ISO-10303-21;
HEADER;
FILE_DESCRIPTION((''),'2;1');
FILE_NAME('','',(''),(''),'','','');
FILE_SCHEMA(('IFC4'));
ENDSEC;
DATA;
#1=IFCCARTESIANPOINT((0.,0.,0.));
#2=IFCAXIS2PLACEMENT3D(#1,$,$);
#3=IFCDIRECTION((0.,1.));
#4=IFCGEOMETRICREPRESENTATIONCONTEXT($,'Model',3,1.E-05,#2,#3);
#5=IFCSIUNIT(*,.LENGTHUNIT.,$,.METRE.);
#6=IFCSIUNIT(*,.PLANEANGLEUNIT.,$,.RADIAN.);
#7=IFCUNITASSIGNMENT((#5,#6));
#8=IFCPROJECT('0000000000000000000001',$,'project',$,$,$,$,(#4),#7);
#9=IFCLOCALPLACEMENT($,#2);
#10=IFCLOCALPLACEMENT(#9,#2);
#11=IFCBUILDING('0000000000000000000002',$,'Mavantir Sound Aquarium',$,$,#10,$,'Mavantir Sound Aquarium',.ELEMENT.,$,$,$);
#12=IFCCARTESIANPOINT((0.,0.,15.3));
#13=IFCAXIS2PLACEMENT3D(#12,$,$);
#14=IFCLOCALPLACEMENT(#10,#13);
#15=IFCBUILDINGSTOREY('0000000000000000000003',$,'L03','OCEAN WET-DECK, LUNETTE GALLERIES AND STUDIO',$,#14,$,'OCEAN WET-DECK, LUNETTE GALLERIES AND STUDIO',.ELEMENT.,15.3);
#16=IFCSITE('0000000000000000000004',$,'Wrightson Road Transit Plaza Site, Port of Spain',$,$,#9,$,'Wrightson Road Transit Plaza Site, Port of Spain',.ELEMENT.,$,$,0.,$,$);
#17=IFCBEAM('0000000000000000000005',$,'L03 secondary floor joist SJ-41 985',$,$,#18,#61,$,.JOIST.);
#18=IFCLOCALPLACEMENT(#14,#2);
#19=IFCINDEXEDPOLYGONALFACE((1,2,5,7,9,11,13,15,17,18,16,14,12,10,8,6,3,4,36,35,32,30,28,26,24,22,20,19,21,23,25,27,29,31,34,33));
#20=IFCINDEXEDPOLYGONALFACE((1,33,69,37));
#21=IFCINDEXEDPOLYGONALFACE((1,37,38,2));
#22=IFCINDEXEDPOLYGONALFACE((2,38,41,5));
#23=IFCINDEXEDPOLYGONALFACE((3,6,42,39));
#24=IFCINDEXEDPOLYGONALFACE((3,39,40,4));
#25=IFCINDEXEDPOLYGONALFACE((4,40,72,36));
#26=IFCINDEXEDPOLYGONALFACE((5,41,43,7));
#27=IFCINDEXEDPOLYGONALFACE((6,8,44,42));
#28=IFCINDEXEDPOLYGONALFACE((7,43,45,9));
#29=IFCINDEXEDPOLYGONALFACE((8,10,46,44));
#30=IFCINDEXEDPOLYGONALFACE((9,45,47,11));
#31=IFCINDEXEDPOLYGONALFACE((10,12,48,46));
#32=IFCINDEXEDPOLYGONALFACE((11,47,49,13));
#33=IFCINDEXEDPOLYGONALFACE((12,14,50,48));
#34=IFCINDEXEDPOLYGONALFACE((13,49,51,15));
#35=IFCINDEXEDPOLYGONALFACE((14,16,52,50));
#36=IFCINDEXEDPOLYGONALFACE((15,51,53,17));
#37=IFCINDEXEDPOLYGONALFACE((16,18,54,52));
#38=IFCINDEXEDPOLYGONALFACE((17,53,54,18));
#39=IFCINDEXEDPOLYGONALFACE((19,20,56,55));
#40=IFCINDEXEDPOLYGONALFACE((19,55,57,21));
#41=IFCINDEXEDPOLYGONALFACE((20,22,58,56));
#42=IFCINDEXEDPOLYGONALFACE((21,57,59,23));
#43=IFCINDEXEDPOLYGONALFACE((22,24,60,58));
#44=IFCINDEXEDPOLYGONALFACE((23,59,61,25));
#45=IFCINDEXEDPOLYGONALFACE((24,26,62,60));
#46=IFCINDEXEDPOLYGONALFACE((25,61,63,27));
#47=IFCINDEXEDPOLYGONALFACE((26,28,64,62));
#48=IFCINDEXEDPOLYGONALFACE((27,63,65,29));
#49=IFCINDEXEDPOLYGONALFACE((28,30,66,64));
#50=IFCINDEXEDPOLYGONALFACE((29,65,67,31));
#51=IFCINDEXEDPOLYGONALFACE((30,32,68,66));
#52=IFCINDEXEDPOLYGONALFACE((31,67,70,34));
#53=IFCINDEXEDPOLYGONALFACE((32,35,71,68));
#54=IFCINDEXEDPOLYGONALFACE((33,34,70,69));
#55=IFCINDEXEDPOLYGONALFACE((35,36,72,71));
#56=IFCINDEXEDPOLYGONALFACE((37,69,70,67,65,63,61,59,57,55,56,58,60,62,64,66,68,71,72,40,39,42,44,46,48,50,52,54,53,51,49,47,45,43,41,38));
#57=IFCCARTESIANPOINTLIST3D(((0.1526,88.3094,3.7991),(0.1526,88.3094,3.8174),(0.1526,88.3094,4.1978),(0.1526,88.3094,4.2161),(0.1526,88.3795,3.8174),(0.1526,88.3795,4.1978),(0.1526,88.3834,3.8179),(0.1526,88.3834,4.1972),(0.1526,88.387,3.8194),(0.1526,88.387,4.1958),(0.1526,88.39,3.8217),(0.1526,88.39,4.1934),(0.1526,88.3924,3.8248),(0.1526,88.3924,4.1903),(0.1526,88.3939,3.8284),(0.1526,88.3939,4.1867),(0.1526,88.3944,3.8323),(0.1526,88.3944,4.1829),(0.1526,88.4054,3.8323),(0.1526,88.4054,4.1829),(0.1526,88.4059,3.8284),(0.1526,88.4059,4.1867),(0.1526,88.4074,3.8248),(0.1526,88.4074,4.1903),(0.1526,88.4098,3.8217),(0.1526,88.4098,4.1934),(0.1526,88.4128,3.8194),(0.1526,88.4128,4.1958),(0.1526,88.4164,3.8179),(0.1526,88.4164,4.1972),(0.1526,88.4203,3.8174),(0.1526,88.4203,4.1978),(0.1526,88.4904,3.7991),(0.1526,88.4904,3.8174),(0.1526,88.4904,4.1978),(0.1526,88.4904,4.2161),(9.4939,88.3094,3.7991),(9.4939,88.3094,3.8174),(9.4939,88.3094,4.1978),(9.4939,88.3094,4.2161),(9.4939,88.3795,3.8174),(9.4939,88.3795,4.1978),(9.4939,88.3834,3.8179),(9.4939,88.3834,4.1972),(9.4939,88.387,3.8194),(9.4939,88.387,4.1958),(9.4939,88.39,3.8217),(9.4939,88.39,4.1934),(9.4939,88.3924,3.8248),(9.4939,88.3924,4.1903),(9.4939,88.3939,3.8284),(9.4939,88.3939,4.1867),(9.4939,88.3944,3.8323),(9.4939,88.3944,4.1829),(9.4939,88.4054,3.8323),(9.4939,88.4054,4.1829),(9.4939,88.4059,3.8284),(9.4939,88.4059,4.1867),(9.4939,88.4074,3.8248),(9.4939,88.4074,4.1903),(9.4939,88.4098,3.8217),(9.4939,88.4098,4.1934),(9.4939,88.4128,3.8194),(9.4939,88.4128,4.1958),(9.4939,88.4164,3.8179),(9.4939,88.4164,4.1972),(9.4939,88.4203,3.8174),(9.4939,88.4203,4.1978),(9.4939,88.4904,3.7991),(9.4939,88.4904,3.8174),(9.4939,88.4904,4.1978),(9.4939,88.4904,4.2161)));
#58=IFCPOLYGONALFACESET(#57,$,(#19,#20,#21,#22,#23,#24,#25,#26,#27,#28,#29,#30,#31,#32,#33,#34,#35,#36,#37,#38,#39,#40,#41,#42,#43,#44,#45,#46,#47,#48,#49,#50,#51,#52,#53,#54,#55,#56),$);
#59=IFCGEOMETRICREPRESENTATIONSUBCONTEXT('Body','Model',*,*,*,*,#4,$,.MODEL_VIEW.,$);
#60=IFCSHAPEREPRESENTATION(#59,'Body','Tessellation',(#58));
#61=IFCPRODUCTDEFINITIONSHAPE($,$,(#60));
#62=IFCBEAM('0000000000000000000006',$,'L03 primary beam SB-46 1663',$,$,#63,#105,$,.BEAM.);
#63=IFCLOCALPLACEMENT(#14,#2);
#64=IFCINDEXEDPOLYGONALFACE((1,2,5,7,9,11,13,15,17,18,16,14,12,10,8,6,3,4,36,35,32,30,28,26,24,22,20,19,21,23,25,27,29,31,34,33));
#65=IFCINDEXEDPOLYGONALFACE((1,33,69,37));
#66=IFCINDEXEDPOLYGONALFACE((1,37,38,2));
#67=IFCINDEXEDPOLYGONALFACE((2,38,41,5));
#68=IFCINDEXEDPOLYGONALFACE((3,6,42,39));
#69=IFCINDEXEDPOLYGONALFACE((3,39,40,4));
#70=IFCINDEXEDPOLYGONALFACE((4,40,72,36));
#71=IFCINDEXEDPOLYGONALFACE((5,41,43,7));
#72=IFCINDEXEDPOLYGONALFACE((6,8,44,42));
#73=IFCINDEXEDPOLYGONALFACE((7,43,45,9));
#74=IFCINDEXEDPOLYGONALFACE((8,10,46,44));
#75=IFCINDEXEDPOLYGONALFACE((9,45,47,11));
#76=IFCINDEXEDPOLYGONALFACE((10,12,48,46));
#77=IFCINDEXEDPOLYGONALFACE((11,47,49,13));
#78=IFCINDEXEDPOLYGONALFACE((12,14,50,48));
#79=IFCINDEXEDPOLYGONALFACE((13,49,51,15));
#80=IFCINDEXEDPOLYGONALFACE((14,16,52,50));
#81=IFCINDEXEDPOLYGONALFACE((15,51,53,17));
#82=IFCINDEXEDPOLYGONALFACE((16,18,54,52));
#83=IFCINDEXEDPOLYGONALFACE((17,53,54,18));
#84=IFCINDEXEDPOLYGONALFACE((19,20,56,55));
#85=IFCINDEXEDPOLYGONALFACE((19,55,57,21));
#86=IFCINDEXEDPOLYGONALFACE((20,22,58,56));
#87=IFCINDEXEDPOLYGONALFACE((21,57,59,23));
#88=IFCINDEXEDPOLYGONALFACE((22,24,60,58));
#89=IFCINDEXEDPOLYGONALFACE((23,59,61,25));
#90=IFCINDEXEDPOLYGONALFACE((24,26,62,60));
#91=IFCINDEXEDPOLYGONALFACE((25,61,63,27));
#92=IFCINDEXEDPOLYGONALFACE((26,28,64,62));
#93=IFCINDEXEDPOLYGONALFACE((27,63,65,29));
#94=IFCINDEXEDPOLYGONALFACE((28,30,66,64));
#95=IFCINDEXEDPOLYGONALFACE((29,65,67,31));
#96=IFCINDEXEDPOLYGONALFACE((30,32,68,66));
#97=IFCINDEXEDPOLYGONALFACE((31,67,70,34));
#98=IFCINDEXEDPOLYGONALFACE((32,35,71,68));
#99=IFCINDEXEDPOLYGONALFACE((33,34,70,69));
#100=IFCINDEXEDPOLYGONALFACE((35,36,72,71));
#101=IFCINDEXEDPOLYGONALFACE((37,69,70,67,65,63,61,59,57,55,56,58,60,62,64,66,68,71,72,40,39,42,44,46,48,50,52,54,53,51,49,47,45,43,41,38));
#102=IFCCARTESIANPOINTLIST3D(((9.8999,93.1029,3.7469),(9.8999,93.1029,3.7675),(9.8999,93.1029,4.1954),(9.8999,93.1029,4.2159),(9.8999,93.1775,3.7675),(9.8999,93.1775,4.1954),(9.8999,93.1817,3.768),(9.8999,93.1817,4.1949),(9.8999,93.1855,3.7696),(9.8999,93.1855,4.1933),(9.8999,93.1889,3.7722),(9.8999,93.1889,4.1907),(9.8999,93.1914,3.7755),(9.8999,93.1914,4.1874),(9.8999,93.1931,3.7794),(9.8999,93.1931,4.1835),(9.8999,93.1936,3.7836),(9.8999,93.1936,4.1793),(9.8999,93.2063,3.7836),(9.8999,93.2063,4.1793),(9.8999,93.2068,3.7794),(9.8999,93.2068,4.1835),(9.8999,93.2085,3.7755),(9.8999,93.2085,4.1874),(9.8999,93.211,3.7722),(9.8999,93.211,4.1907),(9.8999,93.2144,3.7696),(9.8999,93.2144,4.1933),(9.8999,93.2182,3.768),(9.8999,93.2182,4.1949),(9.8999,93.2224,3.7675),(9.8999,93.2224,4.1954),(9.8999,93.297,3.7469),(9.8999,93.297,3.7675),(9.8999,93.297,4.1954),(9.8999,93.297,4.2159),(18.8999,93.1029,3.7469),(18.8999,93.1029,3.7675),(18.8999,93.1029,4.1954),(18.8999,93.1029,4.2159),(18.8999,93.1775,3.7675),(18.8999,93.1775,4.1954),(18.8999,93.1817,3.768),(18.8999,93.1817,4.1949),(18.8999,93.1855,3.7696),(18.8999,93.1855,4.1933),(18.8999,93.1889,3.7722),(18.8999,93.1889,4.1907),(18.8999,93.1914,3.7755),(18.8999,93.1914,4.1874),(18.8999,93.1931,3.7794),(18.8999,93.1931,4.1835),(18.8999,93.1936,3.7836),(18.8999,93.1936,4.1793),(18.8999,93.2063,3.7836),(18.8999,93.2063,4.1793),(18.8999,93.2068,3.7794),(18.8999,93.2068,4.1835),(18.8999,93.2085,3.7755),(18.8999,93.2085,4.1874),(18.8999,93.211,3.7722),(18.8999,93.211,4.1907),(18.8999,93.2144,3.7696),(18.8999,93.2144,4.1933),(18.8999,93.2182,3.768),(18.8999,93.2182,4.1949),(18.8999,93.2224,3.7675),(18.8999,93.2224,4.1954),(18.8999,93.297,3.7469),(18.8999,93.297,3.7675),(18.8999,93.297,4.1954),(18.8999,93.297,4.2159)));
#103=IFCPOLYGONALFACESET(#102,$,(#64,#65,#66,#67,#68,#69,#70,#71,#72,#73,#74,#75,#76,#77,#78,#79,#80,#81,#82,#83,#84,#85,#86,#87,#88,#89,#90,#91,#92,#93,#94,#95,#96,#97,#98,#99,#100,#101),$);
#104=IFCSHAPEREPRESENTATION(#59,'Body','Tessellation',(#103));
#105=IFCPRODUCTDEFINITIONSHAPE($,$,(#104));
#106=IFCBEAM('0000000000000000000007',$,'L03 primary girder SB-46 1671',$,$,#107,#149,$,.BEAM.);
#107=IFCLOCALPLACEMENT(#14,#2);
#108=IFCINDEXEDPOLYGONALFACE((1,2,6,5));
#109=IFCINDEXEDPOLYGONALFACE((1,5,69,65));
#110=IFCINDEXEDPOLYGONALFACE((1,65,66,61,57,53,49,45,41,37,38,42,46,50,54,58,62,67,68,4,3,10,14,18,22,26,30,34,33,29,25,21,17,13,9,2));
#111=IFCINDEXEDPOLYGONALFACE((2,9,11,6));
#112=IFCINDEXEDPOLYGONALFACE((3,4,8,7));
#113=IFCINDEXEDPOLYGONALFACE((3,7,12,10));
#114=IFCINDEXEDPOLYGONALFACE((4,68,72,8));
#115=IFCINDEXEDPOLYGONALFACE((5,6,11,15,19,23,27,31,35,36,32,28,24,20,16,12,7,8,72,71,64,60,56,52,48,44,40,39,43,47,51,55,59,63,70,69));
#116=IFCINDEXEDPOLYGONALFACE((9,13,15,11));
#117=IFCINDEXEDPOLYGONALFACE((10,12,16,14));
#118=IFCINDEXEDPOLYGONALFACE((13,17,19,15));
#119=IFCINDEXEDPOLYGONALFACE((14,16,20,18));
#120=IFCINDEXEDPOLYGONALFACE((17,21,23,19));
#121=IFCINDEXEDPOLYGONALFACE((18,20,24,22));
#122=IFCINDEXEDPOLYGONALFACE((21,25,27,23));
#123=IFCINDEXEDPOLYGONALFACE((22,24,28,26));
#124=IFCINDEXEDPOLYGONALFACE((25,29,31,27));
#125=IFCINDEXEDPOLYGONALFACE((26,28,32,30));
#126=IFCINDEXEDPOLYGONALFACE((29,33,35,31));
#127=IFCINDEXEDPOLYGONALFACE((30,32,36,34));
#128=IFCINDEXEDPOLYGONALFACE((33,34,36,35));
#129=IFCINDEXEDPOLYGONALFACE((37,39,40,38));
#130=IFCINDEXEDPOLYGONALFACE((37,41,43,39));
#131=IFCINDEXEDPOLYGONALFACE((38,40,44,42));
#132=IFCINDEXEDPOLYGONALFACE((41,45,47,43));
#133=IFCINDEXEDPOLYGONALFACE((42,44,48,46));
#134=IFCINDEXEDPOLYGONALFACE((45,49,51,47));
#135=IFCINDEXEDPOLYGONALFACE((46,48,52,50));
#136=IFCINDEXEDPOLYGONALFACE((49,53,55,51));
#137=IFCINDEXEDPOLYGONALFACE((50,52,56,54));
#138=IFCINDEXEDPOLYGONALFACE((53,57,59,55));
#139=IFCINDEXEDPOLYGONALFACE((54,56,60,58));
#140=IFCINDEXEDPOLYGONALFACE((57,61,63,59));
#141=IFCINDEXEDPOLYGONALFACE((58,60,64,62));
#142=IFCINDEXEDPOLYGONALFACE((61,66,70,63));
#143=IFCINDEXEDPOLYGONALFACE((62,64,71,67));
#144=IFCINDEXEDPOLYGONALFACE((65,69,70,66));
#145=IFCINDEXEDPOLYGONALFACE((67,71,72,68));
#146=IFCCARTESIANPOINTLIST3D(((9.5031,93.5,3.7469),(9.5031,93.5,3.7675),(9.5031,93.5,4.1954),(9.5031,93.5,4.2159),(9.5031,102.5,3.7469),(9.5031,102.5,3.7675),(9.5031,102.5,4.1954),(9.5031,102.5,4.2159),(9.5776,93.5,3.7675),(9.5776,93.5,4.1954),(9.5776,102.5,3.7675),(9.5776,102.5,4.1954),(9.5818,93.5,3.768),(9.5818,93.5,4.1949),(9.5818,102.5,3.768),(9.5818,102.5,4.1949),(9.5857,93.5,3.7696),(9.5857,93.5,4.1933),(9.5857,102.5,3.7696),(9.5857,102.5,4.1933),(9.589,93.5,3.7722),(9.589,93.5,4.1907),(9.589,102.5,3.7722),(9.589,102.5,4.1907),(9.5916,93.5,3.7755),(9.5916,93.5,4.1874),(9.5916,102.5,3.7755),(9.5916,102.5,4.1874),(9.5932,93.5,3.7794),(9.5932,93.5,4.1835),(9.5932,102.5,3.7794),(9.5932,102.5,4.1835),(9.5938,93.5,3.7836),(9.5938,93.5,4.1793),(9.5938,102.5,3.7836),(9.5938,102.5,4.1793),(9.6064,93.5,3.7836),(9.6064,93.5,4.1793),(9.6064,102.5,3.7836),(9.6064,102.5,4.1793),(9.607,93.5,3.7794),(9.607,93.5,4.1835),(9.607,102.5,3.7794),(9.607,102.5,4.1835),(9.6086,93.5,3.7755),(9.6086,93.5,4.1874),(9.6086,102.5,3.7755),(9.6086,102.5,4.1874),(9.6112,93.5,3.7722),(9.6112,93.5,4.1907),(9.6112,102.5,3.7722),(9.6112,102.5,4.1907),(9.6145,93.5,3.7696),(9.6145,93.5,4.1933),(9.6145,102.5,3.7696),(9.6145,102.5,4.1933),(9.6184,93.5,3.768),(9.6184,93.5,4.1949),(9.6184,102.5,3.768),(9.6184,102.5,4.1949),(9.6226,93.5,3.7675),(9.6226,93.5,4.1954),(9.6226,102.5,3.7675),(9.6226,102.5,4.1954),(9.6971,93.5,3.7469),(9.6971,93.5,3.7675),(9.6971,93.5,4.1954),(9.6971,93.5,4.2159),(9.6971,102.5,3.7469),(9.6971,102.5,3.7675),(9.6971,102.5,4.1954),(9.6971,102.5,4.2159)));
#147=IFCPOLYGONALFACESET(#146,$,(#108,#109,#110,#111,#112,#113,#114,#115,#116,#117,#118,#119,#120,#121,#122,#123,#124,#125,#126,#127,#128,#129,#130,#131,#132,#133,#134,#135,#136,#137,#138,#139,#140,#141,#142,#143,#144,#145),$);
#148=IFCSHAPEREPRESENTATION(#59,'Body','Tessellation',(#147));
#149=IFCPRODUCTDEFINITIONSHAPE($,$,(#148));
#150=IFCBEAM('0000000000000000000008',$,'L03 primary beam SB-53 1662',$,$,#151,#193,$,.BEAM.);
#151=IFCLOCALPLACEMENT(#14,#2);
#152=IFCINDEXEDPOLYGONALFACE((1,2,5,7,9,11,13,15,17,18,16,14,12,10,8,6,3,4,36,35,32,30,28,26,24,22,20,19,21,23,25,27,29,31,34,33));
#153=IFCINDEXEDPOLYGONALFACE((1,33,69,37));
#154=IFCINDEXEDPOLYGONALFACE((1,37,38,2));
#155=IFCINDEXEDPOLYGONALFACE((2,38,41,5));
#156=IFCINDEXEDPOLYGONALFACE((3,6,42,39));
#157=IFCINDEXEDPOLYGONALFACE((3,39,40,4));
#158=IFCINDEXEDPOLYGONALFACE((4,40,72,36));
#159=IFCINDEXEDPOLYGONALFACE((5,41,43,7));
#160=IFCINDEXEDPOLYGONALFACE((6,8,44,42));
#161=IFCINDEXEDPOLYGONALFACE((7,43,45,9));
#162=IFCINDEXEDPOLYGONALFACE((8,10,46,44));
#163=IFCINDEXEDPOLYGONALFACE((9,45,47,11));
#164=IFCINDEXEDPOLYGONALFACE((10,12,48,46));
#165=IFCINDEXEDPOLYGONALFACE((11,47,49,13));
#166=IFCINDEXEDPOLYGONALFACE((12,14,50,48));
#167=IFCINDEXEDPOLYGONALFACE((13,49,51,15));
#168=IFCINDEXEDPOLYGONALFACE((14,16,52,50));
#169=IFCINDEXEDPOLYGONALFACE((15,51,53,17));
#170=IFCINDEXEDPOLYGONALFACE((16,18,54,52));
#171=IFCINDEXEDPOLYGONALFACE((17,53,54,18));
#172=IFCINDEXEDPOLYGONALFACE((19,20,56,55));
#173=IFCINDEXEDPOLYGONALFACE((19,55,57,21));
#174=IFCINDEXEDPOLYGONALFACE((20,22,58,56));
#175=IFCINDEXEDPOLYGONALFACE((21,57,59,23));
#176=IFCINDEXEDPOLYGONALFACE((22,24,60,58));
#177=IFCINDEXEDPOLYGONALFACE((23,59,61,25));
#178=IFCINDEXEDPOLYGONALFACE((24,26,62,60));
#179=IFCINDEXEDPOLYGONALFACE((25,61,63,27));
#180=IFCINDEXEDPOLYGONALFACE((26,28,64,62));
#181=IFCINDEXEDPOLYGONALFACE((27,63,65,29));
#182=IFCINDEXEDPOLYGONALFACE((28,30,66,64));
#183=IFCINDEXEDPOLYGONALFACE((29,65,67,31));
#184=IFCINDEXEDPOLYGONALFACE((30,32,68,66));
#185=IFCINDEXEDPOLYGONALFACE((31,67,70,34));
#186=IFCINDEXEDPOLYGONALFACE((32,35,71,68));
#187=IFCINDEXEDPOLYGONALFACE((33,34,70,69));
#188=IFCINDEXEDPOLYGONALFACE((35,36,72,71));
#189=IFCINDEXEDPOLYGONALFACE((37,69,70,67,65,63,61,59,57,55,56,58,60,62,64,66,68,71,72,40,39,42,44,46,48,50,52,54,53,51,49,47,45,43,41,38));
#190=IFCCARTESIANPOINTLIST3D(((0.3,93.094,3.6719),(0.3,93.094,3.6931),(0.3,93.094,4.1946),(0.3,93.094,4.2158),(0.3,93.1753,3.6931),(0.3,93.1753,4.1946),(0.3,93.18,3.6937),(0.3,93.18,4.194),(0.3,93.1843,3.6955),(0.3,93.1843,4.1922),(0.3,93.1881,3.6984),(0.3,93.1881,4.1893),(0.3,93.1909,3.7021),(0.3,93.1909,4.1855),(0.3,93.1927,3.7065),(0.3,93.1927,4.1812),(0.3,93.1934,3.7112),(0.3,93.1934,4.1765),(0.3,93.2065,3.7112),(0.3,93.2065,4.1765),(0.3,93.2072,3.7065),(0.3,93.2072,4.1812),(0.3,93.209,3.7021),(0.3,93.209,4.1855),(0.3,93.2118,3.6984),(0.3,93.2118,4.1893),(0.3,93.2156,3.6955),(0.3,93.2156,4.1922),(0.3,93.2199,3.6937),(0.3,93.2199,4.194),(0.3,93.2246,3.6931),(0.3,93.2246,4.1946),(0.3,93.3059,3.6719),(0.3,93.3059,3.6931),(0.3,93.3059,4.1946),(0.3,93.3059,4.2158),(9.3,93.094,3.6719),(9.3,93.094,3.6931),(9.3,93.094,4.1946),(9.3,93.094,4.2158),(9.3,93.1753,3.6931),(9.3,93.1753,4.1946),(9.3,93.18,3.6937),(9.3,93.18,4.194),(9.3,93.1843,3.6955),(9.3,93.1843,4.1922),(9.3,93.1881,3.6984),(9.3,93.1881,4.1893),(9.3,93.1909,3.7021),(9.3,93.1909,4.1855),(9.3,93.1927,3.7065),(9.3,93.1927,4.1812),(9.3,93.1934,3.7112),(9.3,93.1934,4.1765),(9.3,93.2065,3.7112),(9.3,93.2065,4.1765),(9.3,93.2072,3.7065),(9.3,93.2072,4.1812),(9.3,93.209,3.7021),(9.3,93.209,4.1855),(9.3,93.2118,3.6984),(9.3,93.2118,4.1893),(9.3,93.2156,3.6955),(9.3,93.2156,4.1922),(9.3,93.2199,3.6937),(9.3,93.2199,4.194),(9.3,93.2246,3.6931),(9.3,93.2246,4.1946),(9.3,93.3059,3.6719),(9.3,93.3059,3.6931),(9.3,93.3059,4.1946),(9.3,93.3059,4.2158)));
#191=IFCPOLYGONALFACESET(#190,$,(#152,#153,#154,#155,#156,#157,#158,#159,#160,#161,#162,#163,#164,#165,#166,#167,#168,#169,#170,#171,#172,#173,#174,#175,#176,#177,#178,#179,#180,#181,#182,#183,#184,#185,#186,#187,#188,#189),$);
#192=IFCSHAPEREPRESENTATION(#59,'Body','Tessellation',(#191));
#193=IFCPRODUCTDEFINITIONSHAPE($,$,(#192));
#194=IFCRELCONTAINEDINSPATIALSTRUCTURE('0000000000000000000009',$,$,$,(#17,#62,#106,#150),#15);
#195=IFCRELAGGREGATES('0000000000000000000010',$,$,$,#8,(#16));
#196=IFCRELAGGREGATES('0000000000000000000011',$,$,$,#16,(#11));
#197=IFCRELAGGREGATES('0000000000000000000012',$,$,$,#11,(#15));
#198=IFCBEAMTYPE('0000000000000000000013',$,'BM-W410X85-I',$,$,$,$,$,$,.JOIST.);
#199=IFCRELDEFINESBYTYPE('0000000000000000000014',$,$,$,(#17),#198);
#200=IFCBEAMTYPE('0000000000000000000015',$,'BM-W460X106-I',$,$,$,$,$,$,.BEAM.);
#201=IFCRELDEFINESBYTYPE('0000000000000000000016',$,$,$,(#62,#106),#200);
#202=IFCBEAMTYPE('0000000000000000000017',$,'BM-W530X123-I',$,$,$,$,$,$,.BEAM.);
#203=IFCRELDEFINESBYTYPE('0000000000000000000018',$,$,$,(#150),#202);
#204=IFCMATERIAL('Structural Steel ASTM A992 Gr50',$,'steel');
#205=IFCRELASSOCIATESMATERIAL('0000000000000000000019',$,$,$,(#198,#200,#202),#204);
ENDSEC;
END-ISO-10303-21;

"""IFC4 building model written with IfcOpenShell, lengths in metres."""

from ifc_helpers import new_model, si_unit, direction, frame, origin, origin_2d, place, context, subcontext, project, spatial, i_section, extrude, material, material_profile, profile_set, type_object, element, save


model = new_model("IFC4")

# Units and contexts
model_context = context("Model", 3, precision=1e-05, world=origin(), true_north=direction((0.0, 1.0)))
body_context = subcontext(model_context, "Body", "Model", "MODEL_VIEW")
ifc_project = project(units=[si_unit("LENGTHUNIT", "METRE"), si_unit("PLANEANGLEUNIT", "RADIAN")], contexts=[model_context])

# Site, building, storey
site_placement = place(None, origin())
site = spatial("IfcSite", under=ifc_project, at=site_placement, Name="Wrightson Road Transit Plaza Site, Port of Spain", LongName="Wrightson Road Transit Plaza Site, Port of Spain", CompositionType="ELEMENT", RefElevation=0.0)
building_placement = place(site_placement, origin())
building = spatial("IfcBuilding", under=site, at=building_placement, Name="Mavantir Sound Aquarium", LongName="Mavantir Sound Aquarium", CompositionType="ELEMENT")
storey_placement = place(building_placement, frame((0.0, 0.0, 15.3)))
storey = spatial("IfcBuildingStorey", under=building, at=storey_placement, Name="L03", Description="OCEAN WET-DECK, LUNETTE GALLERIES AND STUDIO", LongName="OCEAN WET-DECK, LUNETTE GALLERIES AND STUDIO", CompositionType="ELEMENT", Elevation=15.3)

# Beams
ifc_material_1 = material(Name="Structural Steel ASTM A992 Gr50", Category="steel")
ifc_material_profile_1 = material_profile(ifc_material_1, i_section(OverallWidth=0.1809, OverallDepth=0.417, WebThickness=0.011, FlangeThickness=0.0183, FilletRadius=0.0149, at=origin_2d()), Name="W410X85")
ifc_profile_set_1 = profile_set([ifc_material_profile_1], Name="Structural Steel ASTM A992 Gr50")
beam_type_1 = type_object("IfcBeamType", Name="BM-W410X85-I", PredefinedType="JOIST", material=ifc_profile_set_1)
beam_1_placement = place(storey_placement, frame((0.1526, 88.3999, 4.0076), z_axis=(1.0, 0.0, 0.0), x_axis=(0.0, 1.0, 0.0)))
element("IfcBeam", 1, at=beam_1_placement, inside=storey, type_object=beam_type_1, Name="L03 secondary floor joist SJ-41 985", PredefinedType="JOIST", context=body_context, shape_type="SweptSolid", body=[
    extrude(i_section(OverallWidth=0.1809, OverallDepth=0.417, WebThickness=0.011, FlangeThickness=0.0183, FilletRadius=0.0149, at=origin_2d()), origin(), (0.0, 0.0, 1.0), 9.3413),
])
ifc_material_profile_2 = material_profile(ifc_material_1, i_section(OverallWidth=0.1941, OverallDepth=0.469, WebThickness=0.0127, FlangeThickness=0.0205, FilletRadius=0.0161, at=origin_2d()), Name="W460X106")
ifc_profile_set_2 = profile_set([ifc_material_profile_2], Name="Structural Steel ASTM A992 Gr50")
beam_type_2 = type_object("IfcBeamType", Name="BM-W460X106-I", PredefinedType="BEAM", material=ifc_profile_set_2)
for number, where, z_axis, x_axis, name in (
    (2, (9.8999, 93.2, 3.9814), (1.0, 0.0, 0.0), (0.0, 1.0, 0.0), "L03 primary beam SB-46 1663"),
    (3, (9.6001, 93.5, 3.9814), (0.0, 1.0, 0.0), (-1.0, 0.0, 0.0), "L03 primary girder SB-46 1671"),
):
    element("IfcBeam", number, at=place(storey_placement, frame(where, z_axis=z_axis, x_axis=x_axis)), inside=storey, type_object=beam_type_2, Name=name, PredefinedType="BEAM", context=body_context, shape_type="SweptSolid", body=[
        extrude(i_section(OverallWidth=0.1941, OverallDepth=0.469, WebThickness=0.0127, FlangeThickness=0.0205, FilletRadius=0.0161, at=origin_2d()), origin(), (0.0, 0.0, 1.0), 9.0),
    ])
ifc_material_profile_3 = material_profile(ifc_material_1, i_section(OverallWidth=0.2119, OverallDepth=0.5439, WebThickness=0.0132, FlangeThickness=0.0212, FilletRadius=0.0181, at=origin_2d()), Name="W530X123")
ifc_profile_set_3 = profile_set([ifc_material_profile_3], Name="Structural Steel ASTM A992 Gr50")
beam_type_3 = type_object("IfcBeamType", Name="BM-W530X123-I", PredefinedType="BEAM", material=ifc_profile_set_3)
beam_2_placement = place(storey_placement, frame((0.3, 93.2, 3.9438), z_axis=(1.0, 0.0, 0.0), x_axis=(0.0, 1.0, 0.0)))
element("IfcBeam", 4, at=beam_2_placement, inside=storey, type_object=beam_type_3, Name="L03 primary beam SB-53 1662", PredefinedType="BEAM", context=body_context, shape_type="SweptSolid", body=[
    extrude(i_section(OverallWidth=0.2119, OverallDepth=0.5439, WebThickness=0.0132, FlangeThickness=0.0212, FilletRadius=0.0181, at=origin_2d()), origin(), (0.0, 0.0, 1.0), 9.0),
])

save(model, "model.ifc")
